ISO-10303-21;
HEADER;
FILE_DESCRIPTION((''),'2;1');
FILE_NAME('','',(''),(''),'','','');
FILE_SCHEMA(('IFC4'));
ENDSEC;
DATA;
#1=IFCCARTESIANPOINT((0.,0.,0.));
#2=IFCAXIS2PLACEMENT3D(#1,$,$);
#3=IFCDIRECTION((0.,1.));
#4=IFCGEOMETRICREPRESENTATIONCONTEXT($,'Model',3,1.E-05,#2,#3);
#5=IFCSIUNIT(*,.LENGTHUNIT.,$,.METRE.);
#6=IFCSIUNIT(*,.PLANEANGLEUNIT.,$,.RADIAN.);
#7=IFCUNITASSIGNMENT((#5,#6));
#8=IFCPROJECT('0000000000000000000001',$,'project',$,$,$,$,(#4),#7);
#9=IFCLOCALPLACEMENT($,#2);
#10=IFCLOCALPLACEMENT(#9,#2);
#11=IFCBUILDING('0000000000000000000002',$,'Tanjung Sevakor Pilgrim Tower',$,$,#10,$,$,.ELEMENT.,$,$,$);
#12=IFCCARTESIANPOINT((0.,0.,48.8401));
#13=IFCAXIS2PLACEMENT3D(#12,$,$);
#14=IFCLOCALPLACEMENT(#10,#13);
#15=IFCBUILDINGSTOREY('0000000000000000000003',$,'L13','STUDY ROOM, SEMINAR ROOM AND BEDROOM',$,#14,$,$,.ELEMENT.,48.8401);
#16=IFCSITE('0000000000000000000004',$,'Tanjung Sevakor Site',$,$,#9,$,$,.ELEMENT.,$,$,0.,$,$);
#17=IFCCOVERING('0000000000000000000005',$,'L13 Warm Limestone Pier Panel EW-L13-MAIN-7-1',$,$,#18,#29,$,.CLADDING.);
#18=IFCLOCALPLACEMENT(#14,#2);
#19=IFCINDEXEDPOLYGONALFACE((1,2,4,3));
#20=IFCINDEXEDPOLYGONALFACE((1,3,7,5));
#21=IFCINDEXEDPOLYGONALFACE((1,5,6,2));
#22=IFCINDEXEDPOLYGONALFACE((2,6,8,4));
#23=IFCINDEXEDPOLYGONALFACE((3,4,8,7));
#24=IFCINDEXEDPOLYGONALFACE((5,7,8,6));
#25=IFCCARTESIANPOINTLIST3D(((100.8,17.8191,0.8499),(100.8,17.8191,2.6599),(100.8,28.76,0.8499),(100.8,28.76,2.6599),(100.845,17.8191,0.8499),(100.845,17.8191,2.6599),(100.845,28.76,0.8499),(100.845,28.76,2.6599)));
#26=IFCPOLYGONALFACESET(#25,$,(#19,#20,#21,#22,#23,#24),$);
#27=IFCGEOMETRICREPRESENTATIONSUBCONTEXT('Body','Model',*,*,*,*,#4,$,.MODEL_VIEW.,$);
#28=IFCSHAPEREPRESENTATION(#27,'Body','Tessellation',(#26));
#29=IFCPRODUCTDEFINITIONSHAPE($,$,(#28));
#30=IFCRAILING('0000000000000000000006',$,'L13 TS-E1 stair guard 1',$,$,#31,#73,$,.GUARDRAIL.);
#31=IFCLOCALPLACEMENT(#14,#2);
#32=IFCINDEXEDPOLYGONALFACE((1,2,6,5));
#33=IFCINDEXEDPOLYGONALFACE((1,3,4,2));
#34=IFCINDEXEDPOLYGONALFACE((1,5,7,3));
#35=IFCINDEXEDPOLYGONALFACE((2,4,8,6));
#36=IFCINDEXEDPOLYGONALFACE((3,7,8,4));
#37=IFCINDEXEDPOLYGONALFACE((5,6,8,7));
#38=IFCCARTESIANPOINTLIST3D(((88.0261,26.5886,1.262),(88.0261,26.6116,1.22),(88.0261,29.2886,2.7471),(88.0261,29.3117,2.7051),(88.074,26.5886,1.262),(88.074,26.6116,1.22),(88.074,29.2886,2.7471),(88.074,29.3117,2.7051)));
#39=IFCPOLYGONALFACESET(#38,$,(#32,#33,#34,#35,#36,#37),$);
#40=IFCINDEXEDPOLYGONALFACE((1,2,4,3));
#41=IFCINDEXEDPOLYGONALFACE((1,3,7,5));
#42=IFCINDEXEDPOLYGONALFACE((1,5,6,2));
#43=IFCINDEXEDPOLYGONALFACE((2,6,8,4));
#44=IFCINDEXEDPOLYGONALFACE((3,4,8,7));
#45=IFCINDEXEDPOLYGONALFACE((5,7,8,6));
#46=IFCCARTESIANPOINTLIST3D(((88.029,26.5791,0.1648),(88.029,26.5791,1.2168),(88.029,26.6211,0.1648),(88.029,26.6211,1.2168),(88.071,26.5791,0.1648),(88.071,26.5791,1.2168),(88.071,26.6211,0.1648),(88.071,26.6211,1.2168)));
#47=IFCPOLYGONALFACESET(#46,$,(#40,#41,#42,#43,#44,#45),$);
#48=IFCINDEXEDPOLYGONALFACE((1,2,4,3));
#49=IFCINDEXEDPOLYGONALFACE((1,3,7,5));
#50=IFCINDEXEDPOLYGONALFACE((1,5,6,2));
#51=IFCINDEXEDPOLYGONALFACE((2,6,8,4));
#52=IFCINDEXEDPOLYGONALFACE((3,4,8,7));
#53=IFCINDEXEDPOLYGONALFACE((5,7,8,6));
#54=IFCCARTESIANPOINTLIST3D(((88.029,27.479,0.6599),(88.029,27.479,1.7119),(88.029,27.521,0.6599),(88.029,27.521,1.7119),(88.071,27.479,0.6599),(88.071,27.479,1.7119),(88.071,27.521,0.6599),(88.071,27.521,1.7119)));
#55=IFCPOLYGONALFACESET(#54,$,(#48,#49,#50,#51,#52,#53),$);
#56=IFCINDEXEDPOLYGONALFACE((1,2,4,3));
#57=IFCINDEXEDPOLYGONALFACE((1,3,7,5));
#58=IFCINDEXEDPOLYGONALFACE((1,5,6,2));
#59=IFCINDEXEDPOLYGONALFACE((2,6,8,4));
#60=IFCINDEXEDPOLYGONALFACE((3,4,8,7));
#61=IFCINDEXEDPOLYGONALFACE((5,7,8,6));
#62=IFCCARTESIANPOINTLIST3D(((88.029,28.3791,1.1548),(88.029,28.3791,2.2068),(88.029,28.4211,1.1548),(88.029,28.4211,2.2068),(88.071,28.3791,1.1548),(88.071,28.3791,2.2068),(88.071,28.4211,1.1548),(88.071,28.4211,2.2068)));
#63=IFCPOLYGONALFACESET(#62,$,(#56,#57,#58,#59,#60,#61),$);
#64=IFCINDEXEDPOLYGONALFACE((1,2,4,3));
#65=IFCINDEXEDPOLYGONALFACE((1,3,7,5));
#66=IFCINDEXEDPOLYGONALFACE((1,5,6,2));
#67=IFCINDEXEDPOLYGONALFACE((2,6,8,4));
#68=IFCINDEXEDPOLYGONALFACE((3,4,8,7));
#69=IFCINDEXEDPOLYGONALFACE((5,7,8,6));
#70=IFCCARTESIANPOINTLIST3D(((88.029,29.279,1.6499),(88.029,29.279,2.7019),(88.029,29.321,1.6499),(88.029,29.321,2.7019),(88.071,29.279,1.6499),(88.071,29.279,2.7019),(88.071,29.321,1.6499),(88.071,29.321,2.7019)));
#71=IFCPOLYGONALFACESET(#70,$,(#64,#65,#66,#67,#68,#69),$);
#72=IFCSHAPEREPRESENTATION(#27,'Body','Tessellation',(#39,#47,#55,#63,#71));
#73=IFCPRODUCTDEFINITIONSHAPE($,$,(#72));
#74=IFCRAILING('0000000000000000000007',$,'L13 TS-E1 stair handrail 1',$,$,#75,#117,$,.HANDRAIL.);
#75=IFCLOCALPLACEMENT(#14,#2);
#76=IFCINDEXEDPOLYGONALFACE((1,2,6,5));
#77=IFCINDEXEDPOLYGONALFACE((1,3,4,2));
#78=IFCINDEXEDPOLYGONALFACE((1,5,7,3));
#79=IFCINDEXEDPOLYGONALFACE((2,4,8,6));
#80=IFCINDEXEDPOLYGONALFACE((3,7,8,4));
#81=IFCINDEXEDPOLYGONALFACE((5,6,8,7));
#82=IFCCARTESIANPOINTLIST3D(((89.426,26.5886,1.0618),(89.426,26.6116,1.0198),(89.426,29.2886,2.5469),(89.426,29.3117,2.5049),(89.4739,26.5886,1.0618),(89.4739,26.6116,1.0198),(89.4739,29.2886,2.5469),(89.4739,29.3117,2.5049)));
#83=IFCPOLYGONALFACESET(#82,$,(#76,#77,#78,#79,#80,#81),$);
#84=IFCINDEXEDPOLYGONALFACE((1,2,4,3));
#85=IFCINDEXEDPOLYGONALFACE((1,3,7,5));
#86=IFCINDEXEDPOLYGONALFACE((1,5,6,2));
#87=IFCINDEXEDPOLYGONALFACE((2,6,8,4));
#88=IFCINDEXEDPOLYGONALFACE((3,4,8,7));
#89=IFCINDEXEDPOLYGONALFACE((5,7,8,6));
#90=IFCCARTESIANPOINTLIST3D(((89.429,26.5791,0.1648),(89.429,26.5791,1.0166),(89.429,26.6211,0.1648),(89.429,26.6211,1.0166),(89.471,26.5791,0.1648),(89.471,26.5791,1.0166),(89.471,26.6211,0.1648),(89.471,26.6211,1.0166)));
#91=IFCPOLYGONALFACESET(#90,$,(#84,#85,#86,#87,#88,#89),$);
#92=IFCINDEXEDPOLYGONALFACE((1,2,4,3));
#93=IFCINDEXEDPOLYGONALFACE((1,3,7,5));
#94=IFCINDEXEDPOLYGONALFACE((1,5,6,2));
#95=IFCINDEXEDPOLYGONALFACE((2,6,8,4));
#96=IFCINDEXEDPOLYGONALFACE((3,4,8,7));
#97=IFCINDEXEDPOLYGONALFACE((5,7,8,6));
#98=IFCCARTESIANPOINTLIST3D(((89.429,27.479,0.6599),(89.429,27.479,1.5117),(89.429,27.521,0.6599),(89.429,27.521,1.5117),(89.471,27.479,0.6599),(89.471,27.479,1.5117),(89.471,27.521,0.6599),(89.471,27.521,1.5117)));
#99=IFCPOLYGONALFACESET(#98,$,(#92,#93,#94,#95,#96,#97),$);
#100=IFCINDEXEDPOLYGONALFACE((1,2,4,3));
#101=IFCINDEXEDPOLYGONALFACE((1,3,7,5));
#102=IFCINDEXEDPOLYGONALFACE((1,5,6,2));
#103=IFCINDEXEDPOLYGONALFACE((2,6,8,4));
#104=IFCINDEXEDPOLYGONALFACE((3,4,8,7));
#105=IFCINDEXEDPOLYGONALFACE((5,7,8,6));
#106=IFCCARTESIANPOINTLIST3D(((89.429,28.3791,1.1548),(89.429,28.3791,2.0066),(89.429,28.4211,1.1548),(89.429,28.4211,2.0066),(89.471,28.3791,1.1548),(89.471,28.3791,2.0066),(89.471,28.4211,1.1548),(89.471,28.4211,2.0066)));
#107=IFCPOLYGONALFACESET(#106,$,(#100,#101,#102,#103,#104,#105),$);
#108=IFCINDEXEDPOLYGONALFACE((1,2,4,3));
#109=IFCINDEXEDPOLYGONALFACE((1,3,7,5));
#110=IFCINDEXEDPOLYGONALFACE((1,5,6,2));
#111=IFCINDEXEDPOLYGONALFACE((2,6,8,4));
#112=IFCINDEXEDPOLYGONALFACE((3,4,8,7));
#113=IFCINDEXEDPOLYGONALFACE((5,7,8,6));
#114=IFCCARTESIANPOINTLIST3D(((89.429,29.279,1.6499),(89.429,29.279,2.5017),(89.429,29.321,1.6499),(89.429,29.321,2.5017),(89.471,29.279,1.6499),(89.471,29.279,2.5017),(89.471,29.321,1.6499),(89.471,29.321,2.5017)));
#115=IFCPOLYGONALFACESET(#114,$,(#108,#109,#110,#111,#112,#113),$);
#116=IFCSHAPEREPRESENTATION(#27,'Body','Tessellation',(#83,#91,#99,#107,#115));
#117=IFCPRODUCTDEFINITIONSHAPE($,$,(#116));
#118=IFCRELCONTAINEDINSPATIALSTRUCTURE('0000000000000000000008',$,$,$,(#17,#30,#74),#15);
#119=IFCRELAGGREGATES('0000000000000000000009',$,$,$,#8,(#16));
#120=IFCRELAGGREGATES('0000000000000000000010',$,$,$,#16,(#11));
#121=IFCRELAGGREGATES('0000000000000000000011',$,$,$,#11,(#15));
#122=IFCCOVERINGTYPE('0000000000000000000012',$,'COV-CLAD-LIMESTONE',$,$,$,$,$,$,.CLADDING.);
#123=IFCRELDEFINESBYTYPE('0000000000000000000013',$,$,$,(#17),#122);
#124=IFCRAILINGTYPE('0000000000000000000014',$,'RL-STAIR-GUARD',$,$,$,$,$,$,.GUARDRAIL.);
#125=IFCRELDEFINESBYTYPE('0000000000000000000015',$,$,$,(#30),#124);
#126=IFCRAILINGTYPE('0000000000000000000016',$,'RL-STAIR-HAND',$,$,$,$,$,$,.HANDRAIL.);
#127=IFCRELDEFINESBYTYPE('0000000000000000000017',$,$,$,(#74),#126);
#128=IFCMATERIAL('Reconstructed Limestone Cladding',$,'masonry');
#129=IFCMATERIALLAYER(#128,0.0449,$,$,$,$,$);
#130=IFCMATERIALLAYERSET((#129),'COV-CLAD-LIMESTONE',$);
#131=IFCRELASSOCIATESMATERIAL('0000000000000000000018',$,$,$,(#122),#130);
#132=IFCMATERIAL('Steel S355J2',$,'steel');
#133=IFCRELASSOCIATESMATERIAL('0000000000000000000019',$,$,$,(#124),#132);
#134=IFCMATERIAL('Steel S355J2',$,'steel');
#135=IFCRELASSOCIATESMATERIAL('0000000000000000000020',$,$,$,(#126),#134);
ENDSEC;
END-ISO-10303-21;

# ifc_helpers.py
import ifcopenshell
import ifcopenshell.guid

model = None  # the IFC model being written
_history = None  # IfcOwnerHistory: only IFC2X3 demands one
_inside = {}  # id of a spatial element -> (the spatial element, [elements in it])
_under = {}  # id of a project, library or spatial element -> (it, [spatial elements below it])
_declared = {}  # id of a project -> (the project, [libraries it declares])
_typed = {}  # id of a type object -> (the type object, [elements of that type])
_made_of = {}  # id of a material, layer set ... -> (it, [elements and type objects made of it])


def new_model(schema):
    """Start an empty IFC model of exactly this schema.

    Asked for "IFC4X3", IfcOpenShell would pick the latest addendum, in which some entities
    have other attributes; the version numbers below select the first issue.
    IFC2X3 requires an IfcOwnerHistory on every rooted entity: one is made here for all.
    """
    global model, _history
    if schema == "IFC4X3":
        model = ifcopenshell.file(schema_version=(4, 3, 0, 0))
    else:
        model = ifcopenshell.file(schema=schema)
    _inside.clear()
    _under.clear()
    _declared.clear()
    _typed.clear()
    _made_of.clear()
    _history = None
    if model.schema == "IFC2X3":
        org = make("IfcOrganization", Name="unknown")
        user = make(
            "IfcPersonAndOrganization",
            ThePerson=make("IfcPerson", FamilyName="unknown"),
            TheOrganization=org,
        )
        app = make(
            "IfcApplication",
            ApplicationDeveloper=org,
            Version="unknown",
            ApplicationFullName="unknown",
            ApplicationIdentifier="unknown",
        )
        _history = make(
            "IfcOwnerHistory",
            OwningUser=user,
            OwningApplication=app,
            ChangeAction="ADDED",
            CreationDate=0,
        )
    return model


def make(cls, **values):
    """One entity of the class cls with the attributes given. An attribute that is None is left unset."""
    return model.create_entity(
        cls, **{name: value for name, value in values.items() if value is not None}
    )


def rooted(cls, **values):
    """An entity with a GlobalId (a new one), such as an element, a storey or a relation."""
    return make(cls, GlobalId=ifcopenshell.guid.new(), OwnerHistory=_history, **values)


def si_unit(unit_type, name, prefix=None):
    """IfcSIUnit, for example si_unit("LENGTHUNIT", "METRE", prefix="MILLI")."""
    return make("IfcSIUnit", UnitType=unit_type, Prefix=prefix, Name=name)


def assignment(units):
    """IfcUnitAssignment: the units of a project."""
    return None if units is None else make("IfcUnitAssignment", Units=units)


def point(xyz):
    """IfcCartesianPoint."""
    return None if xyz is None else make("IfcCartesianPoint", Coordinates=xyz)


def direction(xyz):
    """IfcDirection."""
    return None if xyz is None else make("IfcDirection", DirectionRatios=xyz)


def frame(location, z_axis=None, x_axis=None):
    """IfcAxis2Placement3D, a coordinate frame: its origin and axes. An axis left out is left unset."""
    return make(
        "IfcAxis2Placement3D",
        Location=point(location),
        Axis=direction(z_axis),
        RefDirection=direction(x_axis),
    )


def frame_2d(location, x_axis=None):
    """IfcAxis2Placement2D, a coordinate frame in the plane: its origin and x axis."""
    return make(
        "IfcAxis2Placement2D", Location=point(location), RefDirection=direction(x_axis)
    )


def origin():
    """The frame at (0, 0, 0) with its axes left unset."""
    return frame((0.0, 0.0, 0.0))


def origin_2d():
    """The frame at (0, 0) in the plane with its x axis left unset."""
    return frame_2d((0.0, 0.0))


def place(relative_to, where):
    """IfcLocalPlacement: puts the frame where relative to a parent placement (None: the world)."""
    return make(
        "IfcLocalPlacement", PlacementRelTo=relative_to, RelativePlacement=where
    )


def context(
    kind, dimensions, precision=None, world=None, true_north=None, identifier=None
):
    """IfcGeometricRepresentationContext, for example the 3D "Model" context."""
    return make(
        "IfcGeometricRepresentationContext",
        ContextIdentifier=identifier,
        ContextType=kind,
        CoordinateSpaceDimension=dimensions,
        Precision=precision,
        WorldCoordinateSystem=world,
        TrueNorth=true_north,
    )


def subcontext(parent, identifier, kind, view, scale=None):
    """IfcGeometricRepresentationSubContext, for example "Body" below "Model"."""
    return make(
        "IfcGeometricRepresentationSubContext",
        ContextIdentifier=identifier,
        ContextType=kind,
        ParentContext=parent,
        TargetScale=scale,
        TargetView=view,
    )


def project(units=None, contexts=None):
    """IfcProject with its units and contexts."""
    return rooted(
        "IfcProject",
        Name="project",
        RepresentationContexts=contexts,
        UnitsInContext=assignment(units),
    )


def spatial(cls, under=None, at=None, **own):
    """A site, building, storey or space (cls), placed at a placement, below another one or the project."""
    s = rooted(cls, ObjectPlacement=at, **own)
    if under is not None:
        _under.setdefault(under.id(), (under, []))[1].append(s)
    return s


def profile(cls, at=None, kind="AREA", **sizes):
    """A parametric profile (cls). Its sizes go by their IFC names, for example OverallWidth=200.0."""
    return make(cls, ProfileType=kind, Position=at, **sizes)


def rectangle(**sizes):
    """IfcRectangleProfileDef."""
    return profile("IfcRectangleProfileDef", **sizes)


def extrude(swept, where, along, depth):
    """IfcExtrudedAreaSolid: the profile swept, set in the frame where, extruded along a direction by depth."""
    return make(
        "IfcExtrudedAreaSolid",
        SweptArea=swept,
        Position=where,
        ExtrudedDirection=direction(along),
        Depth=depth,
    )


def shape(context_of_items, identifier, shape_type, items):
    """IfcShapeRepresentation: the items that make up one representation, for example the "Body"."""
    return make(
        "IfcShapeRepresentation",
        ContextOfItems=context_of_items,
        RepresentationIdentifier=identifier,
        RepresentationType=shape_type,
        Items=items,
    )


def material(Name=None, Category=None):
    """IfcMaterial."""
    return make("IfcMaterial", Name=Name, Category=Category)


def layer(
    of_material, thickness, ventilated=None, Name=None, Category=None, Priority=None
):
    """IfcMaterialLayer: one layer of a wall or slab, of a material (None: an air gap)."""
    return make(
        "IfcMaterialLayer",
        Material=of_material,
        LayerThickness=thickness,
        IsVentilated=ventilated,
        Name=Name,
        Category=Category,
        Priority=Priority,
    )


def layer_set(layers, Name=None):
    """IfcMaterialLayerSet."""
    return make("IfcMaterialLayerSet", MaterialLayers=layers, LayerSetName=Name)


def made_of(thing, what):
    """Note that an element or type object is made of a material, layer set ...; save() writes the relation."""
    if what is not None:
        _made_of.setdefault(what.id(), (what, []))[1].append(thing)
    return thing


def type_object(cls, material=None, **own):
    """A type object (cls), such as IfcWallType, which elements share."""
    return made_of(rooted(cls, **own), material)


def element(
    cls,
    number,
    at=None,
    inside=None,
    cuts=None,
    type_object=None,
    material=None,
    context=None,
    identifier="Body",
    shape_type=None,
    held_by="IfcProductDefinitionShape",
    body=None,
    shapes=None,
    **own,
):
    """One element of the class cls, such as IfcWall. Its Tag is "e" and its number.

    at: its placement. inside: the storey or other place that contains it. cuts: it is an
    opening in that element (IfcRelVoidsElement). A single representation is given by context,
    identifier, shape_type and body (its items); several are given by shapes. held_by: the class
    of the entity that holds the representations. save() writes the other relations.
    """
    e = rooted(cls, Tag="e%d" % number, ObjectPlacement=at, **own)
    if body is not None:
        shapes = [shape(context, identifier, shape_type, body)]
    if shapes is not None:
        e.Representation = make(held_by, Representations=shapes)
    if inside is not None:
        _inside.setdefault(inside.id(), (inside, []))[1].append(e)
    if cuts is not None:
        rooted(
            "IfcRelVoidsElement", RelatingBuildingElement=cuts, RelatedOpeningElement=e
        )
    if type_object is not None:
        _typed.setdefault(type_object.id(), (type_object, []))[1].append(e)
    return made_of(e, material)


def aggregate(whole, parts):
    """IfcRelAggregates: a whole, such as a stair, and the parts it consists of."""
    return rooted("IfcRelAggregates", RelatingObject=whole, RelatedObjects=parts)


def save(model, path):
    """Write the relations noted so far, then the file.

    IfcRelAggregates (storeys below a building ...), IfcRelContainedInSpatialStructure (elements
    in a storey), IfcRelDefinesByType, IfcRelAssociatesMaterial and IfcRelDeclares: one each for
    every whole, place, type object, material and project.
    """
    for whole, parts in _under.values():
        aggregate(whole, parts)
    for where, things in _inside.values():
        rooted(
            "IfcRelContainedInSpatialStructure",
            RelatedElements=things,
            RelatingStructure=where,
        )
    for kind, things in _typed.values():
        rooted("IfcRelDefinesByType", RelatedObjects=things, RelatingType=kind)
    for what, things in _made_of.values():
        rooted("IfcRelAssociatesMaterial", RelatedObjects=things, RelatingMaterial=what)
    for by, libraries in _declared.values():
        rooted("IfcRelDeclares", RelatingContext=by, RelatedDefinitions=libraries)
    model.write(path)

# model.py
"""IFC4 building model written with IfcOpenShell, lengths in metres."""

from ifc_helpers import new_model, si_unit, direction, frame, origin, origin_2d, place, context, subcontext, project, spatial, rectangle, extrude, material, layer, layer_set, type_object, element, save


model = new_model("IFC4")

# Units and contexts
model_context = context("Model", 3, precision=1e-05, world=origin(), true_north=direction((0.0, 1.0)))
body_context = subcontext(model_context, "Body", "Model", "MODEL_VIEW")
ifc_project = project(units=[si_unit("LENGTHUNIT", "METRE"), si_unit("PLANEANGLEUNIT", "RADIAN")], contexts=[model_context])

# Site, building, storey
site_placement = place(None, origin())
site = spatial("IfcSite", under=ifc_project, at=site_placement, Name="Tanjung Sevakor Site", CompositionType="ELEMENT", RefElevation=0.0)
building_placement = place(site_placement, origin())
building = spatial("IfcBuilding", under=site, at=building_placement, Name="Tanjung Sevakor Pilgrim Tower", CompositionType="ELEMENT")
storey_placement = place(building_placement, frame((0.0, 0.0, 48.8401)))
storey = spatial("IfcBuildingStorey", under=building, at=storey_placement, Name="L13", Description="STUDY ROOM, SEMINAR ROOM AND BEDROOM", CompositionType="ELEMENT", Elevation=48.8401)

# Covering
ifc_material_1 = material(Name="Reconstructed Limestone Cladding", Category="masonry")
ifc_layer_1 = layer(ifc_material_1, 0.0449)
ifc_layer_set_1 = layer_set([ifc_layer_1], Name="COV-CLAD-LIMESTONE")
covering_type = type_object("IfcCoveringType", Name="COV-CLAD-LIMESTONE", PredefinedType="CLADDING", material=ifc_layer_set_1)
covering_placement = place(storey_placement, frame((100.8225, 23.2896, 0.8499), z_axis=(0.0, 0.0, 1.0), x_axis=(0.0, 1.0, 0.0)))
element("IfcCovering", 1, at=covering_placement, inside=storey, type_object=covering_type, Name="L13 Warm Limestone Pier Panel EW-L13-MAIN-7-1", PredefinedType="CLADDING", context=body_context, shape_type="SweptSolid", body=[
    extrude(rectangle(XDim=10.9409, YDim=0.0449, at=origin_2d()), origin(), (0.0, 0.0, 1.0), 1.8101),
])

# Railings
ifc_material_2 = material(Name="Steel S355J2", Category="steel")
railing_type_1 = type_object("IfcRailingType", Name="RL-STAIR-GUARD", PredefinedType="GUARDRAIL", material=ifc_material_2)
railing_1_placement = place(storey_placement, frame((88.05, 26.6001, 0.1648)))
element("IfcRailing", 2, at=railing_1_placement, inside=storey, type_object=railing_type_1, Name="L13 TS-E1 stair guard 1", PredefinedType="GUARDRAIL", context=body_context, shape_type="SweptSolid", body=[
    extrude(rectangle(XDim=0.0479, YDim=0.0479), frame((0.0, 0.0, 1.0762), z_axis=(0.0, 0.876198, 0.481952), x_axis=(-1.0, 0.0, 0.0)), (0.0, 0.0, 1.0), 3.0815),
    extrude(rectangle(XDim=0.042, YDim=0.042), origin(), (0.0, 0.0, 1.0), 1.052),
    extrude(rectangle(XDim=0.042, YDim=0.042), frame((0.0, 0.8999, 0.4951)), (0.0, 0.0, 1.0), 1.052),
    extrude(rectangle(XDim=0.042, YDim=0.042), frame((0.0, 1.8, 0.99)), (0.0, 0.0, 1.0), 1.052),
    extrude(rectangle(XDim=0.042, YDim=0.042), frame((0.0, 2.7, 1.4851)), (0.0, 0.0, 1.0), 1.052),
])
ifc_material_3 = material(Name="Steel S355J2", Category="steel")
railing_type_2 = type_object("IfcRailingType", Name="RL-STAIR-HAND", PredefinedType="HANDRAIL", material=ifc_material_3)
railing_2_placement = place(storey_placement, frame((89.45, 26.6001, 0.1648)))
element("IfcRailing", 3, at=railing_2_placement, inside=storey, type_object=railing_type_2, Name="L13 TS-E1 stair handrail 1", PredefinedType="HANDRAIL", context=body_context, shape_type="SweptSolid", body=[
    extrude(rectangle(XDim=0.0479, YDim=0.0479), frame((0.0, 0.0, 0.876), z_axis=(0.0, 0.876198, 0.481952), x_axis=(-1.0, 0.0, 0.0)), (0.0, 0.0, 1.0), 3.0815),
    extrude(rectangle(XDim=0.042, YDim=0.042), origin(), (0.0, 0.0, 1.0), 0.8518),
    extrude(rectangle(XDim=0.042, YDim=0.042), frame((0.0, 0.8999, 0.4951)), (0.0, 0.0, 1.0), 0.8518),
    extrude(rectangle(XDim=0.042, YDim=0.042), frame((0.0, 1.8, 0.99)), (0.0, 0.0, 1.0), 0.8518),
    extrude(rectangle(XDim=0.042, YDim=0.042), frame((0.0, 2.7, 1.4851)), (0.0, 0.0, 1.0), 0.8518),
])

save(model, "model.ifc")
